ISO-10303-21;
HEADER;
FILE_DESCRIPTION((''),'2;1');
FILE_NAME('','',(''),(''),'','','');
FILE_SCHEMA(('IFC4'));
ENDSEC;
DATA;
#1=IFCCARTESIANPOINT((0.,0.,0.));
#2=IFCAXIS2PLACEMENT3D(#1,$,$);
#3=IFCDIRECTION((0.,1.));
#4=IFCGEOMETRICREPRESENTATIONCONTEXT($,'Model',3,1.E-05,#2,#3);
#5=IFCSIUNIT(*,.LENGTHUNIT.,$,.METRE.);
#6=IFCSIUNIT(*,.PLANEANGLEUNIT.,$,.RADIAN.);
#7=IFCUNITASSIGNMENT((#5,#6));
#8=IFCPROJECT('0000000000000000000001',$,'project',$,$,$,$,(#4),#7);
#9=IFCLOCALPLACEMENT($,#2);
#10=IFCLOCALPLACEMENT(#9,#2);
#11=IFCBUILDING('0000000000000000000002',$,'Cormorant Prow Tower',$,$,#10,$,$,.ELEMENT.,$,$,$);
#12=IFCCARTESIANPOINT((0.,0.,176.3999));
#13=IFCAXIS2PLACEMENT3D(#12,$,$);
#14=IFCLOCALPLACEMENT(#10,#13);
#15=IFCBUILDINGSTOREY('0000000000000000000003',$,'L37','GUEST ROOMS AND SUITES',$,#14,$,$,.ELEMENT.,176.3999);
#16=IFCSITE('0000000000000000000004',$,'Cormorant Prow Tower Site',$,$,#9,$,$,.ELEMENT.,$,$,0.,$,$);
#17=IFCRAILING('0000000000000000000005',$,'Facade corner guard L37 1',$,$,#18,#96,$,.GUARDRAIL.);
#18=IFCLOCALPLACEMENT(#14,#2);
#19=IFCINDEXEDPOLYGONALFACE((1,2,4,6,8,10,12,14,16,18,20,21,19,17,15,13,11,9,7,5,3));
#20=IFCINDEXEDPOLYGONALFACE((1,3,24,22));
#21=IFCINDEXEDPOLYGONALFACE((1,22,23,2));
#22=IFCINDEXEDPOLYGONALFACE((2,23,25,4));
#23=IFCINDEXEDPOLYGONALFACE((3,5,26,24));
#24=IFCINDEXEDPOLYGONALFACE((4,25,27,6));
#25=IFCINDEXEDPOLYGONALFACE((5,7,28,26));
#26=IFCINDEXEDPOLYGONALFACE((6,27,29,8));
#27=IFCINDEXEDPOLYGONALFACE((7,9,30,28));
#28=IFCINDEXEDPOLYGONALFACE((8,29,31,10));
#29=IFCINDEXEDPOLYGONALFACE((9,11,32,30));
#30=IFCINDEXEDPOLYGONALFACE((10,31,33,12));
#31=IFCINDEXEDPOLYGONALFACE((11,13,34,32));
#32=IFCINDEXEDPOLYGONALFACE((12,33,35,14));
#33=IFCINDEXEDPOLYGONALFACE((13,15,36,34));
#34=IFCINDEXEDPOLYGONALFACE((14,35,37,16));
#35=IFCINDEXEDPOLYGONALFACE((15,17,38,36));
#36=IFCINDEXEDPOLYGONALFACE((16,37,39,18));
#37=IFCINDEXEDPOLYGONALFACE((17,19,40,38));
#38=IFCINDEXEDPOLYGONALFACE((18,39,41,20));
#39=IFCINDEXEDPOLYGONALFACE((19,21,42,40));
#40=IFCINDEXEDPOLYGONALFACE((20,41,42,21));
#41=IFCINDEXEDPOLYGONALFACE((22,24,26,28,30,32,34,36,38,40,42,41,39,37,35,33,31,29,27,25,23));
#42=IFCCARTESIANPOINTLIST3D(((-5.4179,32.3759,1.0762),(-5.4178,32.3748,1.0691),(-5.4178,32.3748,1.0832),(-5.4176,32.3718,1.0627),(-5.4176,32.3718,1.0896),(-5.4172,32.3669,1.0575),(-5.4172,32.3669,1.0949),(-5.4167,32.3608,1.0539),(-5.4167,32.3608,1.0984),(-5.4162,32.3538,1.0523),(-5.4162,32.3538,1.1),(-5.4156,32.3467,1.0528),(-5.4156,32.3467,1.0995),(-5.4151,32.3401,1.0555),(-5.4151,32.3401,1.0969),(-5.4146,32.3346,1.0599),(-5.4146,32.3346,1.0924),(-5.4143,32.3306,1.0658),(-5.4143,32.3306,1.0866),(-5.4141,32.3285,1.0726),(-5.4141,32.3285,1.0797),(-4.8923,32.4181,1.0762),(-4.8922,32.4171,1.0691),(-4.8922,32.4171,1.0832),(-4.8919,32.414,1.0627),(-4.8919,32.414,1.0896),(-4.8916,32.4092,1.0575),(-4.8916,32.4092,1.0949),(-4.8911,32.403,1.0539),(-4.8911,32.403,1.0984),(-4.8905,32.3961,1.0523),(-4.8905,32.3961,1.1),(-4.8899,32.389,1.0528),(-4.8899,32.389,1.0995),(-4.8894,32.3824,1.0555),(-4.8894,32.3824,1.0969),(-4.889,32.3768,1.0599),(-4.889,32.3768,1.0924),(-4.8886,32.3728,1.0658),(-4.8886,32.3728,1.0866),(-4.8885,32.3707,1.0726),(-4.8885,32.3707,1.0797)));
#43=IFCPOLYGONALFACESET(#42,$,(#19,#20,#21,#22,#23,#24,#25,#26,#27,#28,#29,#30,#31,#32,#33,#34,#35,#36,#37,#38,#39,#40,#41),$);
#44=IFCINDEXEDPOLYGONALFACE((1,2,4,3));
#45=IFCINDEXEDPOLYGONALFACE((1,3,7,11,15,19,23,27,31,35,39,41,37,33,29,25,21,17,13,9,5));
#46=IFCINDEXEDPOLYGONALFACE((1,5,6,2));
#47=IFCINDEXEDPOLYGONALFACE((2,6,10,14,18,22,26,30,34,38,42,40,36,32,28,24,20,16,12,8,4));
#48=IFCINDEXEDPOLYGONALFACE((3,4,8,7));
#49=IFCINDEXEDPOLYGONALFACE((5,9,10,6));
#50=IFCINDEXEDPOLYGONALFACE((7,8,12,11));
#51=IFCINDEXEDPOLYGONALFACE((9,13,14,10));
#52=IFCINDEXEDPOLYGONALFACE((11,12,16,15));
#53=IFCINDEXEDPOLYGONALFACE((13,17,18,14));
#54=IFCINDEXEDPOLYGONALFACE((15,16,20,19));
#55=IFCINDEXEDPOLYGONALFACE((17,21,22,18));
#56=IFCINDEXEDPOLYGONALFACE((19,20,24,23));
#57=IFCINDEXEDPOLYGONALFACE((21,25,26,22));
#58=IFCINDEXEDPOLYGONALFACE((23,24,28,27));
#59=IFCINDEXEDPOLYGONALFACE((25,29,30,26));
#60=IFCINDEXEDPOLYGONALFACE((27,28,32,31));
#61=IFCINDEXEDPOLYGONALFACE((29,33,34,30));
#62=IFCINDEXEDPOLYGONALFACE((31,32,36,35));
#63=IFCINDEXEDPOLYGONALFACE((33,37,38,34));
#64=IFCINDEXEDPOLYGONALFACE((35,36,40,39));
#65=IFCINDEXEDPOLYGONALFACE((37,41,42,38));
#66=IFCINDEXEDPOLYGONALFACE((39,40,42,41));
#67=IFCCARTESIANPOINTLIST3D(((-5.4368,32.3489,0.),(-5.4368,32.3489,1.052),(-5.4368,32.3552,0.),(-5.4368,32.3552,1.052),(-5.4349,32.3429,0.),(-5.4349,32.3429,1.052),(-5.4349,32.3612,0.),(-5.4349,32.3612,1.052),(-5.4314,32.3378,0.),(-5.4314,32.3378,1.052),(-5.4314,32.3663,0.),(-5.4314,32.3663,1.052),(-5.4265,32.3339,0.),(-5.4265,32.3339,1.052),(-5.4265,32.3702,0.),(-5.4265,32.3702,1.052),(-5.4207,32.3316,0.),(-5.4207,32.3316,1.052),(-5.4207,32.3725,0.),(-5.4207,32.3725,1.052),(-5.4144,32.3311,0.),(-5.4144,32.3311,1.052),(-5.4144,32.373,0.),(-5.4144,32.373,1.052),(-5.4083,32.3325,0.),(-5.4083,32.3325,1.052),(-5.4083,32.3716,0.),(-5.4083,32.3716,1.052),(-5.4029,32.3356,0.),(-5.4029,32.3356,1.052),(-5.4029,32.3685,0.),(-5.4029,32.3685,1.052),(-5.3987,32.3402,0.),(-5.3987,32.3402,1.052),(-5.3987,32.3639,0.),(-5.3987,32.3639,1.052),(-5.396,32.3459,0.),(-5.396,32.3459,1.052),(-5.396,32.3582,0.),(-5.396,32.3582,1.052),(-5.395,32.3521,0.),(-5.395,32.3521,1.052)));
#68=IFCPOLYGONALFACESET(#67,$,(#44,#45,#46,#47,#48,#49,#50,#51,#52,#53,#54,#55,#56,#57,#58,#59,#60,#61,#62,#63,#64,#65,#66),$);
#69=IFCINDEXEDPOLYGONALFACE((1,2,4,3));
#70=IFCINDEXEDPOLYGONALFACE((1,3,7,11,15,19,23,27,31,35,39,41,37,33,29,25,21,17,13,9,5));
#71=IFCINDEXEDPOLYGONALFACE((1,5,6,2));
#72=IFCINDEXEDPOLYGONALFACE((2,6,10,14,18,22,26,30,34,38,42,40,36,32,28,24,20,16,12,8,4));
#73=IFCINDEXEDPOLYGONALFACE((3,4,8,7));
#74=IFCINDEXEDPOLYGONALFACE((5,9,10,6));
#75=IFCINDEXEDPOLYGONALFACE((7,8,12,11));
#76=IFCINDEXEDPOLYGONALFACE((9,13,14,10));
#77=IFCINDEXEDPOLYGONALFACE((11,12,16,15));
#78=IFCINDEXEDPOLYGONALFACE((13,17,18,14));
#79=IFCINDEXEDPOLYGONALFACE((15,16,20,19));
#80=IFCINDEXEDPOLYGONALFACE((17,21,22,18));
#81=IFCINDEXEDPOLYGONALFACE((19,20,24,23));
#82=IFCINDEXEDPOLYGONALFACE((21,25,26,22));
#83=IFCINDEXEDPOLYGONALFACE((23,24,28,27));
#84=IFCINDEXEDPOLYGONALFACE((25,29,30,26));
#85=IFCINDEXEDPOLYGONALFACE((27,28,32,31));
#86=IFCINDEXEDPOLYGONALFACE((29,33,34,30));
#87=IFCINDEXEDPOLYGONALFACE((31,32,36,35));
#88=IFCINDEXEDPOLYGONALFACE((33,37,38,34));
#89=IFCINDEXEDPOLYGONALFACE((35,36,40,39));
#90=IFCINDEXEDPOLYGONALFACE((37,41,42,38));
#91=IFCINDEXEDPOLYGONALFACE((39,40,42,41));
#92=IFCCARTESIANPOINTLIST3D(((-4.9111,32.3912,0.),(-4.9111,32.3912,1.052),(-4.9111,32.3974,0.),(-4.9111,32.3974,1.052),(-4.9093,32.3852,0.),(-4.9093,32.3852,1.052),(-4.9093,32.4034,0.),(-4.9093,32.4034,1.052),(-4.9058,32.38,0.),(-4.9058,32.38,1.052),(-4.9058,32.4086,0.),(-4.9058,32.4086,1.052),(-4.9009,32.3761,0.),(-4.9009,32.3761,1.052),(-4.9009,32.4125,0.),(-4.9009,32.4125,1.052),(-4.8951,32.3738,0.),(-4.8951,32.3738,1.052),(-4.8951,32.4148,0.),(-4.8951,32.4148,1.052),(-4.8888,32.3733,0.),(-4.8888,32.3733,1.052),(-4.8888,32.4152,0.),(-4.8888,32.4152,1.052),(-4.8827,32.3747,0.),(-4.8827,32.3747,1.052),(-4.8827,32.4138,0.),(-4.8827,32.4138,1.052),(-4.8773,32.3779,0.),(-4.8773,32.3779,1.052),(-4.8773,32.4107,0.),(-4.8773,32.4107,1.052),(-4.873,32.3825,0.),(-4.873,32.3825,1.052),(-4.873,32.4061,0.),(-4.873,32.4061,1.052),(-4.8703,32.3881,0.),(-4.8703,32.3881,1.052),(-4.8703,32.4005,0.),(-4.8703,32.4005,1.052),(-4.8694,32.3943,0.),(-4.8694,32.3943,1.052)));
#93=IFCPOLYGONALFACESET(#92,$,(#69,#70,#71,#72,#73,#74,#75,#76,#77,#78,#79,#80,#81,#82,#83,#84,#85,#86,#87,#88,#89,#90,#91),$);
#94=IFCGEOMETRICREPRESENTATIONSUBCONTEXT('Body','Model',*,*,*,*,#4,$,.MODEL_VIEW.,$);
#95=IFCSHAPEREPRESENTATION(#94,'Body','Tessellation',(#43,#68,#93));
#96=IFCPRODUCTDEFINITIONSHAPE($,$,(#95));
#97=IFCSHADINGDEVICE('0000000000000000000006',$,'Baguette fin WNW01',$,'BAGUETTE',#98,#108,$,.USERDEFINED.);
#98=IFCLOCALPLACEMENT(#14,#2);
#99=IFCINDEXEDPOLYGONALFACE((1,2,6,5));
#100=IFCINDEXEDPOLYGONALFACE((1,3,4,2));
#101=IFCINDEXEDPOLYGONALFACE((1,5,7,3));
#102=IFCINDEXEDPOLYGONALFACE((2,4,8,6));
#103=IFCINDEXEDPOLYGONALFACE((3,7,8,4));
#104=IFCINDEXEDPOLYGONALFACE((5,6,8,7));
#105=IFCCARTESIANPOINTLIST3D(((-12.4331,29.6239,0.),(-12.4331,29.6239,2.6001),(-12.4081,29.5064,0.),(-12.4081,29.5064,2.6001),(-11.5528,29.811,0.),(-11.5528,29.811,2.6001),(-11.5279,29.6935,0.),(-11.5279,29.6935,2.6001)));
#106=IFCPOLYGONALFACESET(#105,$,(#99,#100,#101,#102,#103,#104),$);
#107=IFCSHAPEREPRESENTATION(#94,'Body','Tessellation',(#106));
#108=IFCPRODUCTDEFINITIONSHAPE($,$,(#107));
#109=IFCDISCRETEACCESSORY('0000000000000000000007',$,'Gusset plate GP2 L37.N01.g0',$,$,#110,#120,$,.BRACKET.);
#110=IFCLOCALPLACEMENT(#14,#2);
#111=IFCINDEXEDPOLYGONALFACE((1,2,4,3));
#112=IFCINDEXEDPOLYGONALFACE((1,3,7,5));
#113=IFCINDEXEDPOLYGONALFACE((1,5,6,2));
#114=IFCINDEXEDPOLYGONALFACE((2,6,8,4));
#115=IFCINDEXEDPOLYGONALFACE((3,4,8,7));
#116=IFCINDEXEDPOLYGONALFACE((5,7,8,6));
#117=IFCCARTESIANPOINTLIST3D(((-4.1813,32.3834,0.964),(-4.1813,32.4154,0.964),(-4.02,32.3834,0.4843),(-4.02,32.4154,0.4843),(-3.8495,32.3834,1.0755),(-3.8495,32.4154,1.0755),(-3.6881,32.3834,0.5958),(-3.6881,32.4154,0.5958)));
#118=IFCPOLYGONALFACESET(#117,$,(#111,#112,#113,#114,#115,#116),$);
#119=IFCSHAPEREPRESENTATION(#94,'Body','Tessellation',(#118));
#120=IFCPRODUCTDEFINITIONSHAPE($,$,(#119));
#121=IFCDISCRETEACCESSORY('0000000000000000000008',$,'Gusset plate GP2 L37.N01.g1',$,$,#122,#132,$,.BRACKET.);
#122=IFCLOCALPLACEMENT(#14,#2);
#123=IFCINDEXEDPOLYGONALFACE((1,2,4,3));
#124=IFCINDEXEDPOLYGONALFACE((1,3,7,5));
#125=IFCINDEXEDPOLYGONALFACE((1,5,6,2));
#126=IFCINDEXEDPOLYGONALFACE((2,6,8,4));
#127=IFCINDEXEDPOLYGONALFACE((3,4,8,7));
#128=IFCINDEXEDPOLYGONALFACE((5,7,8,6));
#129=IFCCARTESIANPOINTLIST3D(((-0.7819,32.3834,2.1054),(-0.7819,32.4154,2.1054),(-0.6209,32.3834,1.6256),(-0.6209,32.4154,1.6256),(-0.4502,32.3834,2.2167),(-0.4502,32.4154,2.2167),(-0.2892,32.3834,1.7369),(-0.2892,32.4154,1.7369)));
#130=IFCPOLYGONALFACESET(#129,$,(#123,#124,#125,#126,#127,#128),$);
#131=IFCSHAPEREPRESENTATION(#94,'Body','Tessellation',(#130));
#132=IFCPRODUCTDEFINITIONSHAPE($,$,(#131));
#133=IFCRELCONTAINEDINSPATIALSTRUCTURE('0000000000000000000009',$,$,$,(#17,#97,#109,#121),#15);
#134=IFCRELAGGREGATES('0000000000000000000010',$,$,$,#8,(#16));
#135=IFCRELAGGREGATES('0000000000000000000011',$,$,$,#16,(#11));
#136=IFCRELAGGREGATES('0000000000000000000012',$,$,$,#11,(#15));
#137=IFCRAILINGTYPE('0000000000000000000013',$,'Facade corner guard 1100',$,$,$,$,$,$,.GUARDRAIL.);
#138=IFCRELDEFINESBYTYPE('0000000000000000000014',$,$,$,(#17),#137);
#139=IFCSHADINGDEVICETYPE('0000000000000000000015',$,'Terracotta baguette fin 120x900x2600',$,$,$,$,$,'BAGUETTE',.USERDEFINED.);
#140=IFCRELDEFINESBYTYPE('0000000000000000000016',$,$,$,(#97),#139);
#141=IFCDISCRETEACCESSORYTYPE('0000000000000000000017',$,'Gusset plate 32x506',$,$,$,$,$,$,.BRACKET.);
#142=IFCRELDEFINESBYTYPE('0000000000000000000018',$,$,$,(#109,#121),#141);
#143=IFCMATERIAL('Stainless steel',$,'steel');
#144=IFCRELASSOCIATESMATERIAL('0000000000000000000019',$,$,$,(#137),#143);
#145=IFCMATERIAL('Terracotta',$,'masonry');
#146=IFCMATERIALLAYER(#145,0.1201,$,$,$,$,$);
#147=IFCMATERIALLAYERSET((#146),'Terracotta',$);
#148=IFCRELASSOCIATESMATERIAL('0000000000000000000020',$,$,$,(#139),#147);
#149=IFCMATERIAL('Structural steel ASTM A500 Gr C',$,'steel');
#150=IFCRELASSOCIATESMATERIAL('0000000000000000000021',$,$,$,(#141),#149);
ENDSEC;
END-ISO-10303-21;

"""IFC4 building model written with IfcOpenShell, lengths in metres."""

from ifc_helpers import new_model, si_unit, direction, frame, origin, origin_2d, place, context, subcontext, project, spatial, rectangle, circle, extrude, material, layer, layer_set, material_profile, profile_set, type_object, element, save


model = new_model("IFC4")

# Units and contexts
model_context = context("Model", 3, precision=1e-05, world=origin(), true_north=direction((0.0, 1.0)))
body_context = subcontext(model_context, "Body", "Model", "MODEL_VIEW")
ifc_project = project(units=[si_unit("LENGTHUNIT", "METRE"), si_unit("PLANEANGLEUNIT", "RADIAN")], contexts=[model_context])

# Site, building, storey
site_placement = place(None, origin())
site = spatial("IfcSite", under=ifc_project, at=site_placement, Name="Cormorant Prow Tower Site", CompositionType="ELEMENT", RefElevation=0.0)
building_placement = place(site_placement, origin())
building = spatial("IfcBuilding", under=site, at=building_placement, Name="Cormorant Prow Tower", CompositionType="ELEMENT")
storey_placement = place(building_placement, frame((0.0, 0.0, 176.3999)))
storey = spatial("IfcBuildingStorey", under=building, at=storey_placement, Name="L37", Description="GUEST ROOMS AND SUITES", CompositionType="ELEMENT", Elevation=176.3999)

# Railing
ifc_material_1 = material(Name="Stainless steel", Category="steel")
railing_type_1 = type_object("IfcRailingType", Name="Facade corner guard 1100", PredefinedType="GUARDRAIL", material=ifc_material_1)
railing_1_placement = place(storey_placement, frame((-5.416, 32.3521, 0.0)))
element("IfcRailing", 1, at=railing_1_placement, inside=storey, type_object=railing_type_1, Name="Facade corner guard L37 1", PredefinedType="GUARDRAIL", context=body_context, shape_type="SweptSolid", body=[
    extrude(circle(Radius=0.0239, at=origin_2d()), frame((0.0, 0.0, 1.0762), z_axis=(0.996787, 0.080095, 0.0), x_axis=(-0.080095, 0.996787, 0.0)), (0.0, 0.0, 1.0), 0.5273),
    extrude(circle(Radius=0.021, at=origin_2d()), origin(), (0.0, 0.0, 1.0), 1.052),
    extrude(circle(Radius=0.021, at=origin_2d()), frame((0.5256, 0.0422, 0.0)), (0.0, 0.0, 1.0), 1.052),
])

# Shading device
ifc_material_2 = material(Name="Terracotta", Category="masonry")
ifc_layer_1 = layer(ifc_material_2, 0.1201)
ifc_layer_set_1 = layer_set([ifc_layer_1], Name="Terracotta")
shading_device_type = type_object("IfcShadingDeviceType", Name="Terracotta baguette fin 120x900x2600", ElementType="BAGUETTE", PredefinedType="USERDEFINED", material=ifc_layer_set_1)
shading_device_placement = place(storey_placement, frame((-11.9805, 29.6587, 0.0), z_axis=(0.0, 0.0, 1.0), x_axis=(0.207912, -0.978148, 0.0)))
element("IfcShadingDevice", 2, at=shading_device_placement, inside=storey, type_object=shading_device_type, Name="Baguette fin WNW01", ObjectType="BAGUETTE", PredefinedType="USERDEFINED", context=body_context, shape_type="SweptSolid", body=[
    extrude(rectangle(XDim=0.1201, YDim=0.8999, at=origin_2d()), origin(), (0.0, 0.0, 1.0), 2.6001),
])

# Discrete accessories
ifc_material_3 = material(Name="Structural steel ASTM A500 Gr C", Category="steel")
ifc_material_profile_1 = material_profile(ifc_material_3, rectangle(XDim=0.032, YDim=0.5061, at=origin_2d()), Name="Gusset plate 32x506")
ifc_profile_set_1 = profile_set([ifc_material_profile_1], Name="Structural steel ASTM A500 Gr C")
discrete_accessory_type = type_object("IfcDiscreteAccessoryType", Name="Gusset plate 32x506", PredefinedType="BRACKET", material=ifc_profile_set_1)
discrete_accessory_1_placement = place(storey_placement, frame((-3.7688, 32.3994, 0.8357), z_axis=(-0.947843, 0.0, -0.318738), x_axis=(0.0, -1.0, 0.0)))
element("IfcDiscreteAccessory", 3, at=discrete_accessory_1_placement, inside=storey, type_object=discrete_accessory_type, Name="Gusset plate GP2 L37.N01.g0", PredefinedType="BRACKET", context=body_context, shape_type="SweptSolid", body=[
    extrude(rectangle(XDim=0.032, YDim=0.5061, at=origin_2d()), origin(), (0.0, 0.0, 1.0), 0.3501),
])
discrete_accessory_2_placement = place(storey_placement, frame((-0.7014, 32.3994, 1.8655), z_axis=(0.948054, 0.0, 0.318111), x_axis=(0.0, 1.0, 0.0)))
element("IfcDiscreteAccessory", 4, at=discrete_accessory_2_placement, inside=storey, type_object=discrete_accessory_type, Name="Gusset plate GP2 L37.N01.g1", PredefinedType="BRACKET", context=body_context, shape_type="SweptSolid", body=[
    extrude(rectangle(XDim=0.032, YDim=0.5061, at=origin_2d()), origin(), (0.0, 0.0, 1.0), 0.3499),
])

save(model, "model.ifc")
